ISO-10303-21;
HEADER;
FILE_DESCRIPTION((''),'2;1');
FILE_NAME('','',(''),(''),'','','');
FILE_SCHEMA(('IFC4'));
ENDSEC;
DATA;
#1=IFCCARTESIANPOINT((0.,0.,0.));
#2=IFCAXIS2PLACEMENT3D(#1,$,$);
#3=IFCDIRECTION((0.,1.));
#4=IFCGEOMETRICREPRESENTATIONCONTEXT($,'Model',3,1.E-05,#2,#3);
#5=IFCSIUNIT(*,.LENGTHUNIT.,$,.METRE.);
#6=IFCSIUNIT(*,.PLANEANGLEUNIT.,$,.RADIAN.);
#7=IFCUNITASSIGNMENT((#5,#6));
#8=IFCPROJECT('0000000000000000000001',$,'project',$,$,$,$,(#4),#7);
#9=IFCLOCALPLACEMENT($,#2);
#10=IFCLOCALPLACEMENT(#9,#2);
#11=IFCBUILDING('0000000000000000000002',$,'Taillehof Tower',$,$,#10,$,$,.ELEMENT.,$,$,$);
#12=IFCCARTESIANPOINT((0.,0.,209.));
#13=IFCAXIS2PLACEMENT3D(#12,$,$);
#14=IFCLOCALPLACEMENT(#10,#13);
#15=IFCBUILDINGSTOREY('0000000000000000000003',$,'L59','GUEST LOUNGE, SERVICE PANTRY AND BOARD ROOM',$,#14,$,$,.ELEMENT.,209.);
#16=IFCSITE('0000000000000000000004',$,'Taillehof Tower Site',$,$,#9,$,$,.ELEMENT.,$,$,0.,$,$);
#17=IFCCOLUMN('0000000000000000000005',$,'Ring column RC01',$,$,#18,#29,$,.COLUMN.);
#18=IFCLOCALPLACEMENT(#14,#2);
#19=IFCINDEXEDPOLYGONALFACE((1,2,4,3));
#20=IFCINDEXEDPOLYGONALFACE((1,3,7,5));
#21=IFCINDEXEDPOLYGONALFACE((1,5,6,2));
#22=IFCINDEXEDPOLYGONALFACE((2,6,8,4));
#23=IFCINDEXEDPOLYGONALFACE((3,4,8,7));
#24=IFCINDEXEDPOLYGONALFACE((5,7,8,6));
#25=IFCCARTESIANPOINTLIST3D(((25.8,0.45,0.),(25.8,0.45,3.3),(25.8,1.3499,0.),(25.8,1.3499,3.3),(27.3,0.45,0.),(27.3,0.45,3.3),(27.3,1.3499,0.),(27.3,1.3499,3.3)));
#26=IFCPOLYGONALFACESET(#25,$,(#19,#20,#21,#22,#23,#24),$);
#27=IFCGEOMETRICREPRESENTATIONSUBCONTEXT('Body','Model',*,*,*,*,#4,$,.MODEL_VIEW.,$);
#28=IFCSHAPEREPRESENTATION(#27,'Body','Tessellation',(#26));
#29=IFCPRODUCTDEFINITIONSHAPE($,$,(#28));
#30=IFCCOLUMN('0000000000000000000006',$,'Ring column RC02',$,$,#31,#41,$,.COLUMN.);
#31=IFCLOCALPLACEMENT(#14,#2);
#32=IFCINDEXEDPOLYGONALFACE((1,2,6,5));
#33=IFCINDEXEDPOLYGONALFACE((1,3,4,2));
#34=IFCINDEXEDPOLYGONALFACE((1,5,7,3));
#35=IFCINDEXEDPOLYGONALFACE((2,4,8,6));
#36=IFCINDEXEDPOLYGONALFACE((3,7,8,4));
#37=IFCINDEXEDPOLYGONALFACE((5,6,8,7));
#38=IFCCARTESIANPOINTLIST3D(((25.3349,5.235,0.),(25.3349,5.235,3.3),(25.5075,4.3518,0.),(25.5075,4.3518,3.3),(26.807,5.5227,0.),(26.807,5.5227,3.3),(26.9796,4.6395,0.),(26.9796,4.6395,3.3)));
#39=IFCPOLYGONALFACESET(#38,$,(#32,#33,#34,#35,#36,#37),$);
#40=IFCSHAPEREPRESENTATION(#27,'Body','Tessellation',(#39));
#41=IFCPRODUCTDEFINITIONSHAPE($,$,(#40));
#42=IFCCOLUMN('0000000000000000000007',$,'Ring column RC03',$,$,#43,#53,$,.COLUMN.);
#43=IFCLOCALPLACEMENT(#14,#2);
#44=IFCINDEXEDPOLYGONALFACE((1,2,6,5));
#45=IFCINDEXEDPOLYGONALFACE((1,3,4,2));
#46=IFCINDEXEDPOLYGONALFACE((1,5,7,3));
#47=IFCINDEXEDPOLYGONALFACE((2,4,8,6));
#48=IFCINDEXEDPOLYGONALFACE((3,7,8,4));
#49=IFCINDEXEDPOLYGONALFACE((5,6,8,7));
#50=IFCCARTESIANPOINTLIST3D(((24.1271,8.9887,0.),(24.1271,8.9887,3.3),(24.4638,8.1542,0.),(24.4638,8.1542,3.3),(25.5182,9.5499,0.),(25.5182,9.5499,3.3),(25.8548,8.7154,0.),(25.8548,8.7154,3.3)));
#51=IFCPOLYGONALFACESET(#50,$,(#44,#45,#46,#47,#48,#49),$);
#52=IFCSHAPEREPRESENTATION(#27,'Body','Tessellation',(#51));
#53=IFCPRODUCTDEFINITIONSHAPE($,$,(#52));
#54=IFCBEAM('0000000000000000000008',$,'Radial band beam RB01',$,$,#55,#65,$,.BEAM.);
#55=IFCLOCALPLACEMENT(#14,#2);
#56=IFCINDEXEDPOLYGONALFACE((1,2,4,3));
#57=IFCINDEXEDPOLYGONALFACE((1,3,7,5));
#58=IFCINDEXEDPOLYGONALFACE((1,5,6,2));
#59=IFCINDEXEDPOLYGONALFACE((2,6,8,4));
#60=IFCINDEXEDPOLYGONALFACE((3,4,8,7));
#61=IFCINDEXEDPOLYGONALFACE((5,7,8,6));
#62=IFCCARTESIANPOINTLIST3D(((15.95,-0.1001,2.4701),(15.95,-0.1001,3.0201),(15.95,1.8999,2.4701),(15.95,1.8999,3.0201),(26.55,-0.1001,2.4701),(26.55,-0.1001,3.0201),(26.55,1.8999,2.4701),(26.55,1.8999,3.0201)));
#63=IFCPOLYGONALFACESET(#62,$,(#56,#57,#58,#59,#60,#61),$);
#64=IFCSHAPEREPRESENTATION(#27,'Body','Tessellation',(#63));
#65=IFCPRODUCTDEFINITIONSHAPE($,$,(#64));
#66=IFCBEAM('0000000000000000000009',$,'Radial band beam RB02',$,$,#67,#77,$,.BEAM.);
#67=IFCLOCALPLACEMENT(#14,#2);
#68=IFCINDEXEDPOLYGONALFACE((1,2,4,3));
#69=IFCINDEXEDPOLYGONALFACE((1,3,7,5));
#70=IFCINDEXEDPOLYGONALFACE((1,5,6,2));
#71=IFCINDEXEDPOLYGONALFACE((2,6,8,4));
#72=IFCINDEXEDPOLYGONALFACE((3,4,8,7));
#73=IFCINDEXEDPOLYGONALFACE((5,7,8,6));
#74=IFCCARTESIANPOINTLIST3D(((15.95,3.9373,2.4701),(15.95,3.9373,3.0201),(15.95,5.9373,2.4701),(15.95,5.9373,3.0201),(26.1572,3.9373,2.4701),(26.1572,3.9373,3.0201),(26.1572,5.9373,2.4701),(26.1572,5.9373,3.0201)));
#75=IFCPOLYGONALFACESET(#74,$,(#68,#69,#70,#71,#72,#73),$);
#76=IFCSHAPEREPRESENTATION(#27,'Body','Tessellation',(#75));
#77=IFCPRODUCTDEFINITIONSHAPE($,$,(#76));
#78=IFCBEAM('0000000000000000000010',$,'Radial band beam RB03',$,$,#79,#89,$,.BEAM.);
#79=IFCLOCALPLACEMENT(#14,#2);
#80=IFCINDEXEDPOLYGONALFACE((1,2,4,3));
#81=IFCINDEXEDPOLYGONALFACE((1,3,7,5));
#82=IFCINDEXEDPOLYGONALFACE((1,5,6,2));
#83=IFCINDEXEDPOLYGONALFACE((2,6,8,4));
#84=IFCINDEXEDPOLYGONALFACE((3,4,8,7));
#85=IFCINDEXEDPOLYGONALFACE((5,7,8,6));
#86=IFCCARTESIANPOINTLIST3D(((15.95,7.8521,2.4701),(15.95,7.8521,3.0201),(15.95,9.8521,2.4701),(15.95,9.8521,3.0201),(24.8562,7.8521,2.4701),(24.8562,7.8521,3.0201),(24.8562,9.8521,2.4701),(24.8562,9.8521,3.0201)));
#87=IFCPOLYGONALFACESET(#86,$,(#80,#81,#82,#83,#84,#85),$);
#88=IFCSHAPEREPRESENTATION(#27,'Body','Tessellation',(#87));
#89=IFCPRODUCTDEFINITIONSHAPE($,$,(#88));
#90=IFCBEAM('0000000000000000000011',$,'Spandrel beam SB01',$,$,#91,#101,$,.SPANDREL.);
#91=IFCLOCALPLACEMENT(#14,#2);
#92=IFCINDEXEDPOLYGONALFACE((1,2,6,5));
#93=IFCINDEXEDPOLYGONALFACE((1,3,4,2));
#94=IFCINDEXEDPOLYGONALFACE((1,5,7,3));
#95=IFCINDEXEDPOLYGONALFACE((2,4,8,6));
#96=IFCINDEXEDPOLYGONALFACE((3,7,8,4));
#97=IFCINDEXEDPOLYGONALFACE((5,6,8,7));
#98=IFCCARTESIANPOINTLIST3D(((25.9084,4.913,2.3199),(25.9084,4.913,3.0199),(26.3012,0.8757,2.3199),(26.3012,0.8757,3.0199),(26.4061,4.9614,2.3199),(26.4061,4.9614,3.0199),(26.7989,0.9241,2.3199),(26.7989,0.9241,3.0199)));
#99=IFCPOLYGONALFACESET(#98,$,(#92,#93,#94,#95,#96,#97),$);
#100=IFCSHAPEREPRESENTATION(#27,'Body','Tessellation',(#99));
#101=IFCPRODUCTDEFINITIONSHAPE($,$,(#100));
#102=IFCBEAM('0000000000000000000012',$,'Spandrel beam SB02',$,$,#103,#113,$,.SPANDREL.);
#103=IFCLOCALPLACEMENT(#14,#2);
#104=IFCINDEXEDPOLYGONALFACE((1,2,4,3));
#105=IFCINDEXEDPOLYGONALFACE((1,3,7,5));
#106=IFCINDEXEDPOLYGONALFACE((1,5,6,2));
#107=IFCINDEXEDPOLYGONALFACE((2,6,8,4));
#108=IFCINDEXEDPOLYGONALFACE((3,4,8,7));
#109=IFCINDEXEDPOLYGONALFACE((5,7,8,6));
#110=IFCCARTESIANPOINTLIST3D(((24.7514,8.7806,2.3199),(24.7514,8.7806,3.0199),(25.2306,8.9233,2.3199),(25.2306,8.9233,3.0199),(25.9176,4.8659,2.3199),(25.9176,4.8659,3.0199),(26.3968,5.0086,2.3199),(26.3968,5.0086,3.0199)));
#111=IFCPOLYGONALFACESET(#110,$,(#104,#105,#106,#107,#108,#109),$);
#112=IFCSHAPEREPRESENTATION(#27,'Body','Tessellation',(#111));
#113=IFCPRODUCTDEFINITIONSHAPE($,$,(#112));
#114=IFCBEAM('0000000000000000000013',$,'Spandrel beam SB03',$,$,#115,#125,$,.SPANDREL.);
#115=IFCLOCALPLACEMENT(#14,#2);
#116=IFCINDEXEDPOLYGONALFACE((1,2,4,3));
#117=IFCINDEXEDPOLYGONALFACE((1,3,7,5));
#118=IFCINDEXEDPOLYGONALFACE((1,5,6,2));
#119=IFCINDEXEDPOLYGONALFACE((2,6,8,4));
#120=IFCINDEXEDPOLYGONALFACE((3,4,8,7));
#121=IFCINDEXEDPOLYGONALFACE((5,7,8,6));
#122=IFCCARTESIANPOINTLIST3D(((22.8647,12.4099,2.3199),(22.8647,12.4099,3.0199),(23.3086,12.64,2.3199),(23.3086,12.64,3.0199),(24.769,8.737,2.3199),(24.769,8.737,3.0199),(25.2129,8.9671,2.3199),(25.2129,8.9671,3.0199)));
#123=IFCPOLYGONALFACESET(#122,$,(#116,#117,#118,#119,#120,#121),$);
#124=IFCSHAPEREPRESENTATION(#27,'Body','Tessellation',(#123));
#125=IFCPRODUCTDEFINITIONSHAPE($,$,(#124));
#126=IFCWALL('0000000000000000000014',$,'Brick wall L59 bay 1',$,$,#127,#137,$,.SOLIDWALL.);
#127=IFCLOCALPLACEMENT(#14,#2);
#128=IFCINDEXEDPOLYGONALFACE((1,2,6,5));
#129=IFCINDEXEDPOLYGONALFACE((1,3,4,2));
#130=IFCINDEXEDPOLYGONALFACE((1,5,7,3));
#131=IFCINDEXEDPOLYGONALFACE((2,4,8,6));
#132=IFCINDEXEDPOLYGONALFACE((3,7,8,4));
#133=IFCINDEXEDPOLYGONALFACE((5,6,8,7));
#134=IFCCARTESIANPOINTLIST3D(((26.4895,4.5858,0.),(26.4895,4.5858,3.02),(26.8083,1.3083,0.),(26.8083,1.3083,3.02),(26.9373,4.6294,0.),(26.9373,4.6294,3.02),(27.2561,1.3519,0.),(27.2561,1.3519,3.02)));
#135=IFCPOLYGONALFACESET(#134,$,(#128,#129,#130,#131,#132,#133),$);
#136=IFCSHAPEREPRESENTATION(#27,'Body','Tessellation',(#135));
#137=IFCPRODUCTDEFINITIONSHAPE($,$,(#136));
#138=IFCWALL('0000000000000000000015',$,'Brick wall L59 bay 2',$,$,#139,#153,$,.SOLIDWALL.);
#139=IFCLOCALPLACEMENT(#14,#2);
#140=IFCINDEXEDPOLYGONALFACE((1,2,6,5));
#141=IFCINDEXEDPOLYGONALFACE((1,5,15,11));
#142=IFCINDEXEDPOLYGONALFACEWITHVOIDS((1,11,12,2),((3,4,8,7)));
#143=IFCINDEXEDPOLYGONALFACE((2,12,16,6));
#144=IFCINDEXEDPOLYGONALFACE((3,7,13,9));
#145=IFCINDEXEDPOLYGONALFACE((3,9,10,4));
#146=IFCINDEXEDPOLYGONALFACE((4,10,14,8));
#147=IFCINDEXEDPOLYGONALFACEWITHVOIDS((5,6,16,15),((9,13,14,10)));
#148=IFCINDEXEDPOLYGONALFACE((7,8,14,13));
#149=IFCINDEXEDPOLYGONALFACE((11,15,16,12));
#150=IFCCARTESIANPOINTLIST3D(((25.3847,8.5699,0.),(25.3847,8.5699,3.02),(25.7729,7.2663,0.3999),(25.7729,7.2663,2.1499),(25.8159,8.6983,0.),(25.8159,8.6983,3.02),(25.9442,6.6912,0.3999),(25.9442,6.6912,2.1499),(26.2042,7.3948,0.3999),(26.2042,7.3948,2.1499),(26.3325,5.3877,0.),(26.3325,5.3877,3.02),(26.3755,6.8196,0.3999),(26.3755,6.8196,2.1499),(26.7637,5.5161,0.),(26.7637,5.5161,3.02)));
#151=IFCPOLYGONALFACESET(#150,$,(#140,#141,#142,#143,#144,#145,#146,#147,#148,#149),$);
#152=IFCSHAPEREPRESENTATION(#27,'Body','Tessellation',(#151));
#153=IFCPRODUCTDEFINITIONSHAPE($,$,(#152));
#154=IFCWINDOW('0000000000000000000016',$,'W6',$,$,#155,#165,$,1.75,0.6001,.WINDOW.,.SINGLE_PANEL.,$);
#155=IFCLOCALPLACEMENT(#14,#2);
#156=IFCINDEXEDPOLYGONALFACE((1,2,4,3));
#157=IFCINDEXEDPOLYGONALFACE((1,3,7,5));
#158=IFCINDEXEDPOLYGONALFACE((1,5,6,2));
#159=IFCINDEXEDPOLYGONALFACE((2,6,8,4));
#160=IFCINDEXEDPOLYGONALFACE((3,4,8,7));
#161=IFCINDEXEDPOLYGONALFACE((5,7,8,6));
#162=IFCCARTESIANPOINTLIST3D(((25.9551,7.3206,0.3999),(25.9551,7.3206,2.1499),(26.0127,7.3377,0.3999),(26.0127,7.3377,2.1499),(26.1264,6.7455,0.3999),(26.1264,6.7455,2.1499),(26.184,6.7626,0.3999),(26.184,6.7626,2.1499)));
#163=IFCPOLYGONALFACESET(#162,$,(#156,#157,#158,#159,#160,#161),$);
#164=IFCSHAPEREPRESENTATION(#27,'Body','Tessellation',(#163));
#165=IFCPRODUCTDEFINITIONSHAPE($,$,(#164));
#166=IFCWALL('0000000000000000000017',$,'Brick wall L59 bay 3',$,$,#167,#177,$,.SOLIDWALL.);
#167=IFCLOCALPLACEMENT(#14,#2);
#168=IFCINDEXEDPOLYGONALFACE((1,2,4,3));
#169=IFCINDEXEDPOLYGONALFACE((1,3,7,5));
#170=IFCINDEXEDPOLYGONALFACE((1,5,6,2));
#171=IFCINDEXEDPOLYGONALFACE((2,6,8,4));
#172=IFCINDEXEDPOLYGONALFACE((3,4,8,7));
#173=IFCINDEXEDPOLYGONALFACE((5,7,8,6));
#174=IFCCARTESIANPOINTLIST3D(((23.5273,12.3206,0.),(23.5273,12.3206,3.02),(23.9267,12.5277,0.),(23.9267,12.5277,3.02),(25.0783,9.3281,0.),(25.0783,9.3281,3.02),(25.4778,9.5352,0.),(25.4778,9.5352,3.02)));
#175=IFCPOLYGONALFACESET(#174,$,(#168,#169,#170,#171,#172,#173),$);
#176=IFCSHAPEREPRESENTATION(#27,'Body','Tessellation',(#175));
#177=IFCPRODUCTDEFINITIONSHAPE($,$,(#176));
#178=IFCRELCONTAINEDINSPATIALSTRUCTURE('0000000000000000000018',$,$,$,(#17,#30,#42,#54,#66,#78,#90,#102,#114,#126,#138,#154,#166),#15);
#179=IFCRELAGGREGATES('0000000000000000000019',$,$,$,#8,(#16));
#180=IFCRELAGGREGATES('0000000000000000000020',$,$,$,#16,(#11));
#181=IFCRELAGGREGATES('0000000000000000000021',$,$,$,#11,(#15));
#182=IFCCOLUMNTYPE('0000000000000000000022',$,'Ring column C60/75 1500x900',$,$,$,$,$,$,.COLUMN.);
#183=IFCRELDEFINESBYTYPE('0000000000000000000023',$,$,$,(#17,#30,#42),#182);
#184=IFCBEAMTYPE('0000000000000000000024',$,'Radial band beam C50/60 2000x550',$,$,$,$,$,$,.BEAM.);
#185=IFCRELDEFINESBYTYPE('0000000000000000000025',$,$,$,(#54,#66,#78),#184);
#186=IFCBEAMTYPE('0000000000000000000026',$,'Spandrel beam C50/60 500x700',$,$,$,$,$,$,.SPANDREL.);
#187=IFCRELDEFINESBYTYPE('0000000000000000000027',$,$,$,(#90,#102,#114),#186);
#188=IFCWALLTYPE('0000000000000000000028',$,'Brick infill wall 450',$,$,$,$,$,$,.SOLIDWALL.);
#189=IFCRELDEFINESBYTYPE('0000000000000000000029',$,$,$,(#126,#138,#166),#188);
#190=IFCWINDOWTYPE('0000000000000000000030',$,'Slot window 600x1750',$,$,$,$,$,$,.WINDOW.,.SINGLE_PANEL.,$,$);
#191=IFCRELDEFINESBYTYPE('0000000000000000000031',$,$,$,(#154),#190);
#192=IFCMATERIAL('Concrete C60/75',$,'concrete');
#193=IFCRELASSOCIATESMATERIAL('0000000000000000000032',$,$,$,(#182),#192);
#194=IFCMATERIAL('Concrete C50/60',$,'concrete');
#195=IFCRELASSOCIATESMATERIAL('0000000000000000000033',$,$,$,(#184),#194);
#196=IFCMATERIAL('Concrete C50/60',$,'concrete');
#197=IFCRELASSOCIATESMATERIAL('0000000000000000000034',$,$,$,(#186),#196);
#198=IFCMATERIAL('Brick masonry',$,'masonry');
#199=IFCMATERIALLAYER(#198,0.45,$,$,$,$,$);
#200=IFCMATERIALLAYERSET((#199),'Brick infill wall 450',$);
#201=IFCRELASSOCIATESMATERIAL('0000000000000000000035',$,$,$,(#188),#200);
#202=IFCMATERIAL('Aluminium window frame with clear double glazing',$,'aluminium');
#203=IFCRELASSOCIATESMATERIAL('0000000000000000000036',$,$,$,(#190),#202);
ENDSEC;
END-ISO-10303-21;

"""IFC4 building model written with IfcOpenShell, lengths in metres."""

from ifc_helpers import new_model, si_unit, direction, frame, frame_2d, origin, origin_2d, place, context, subcontext, project, spatial, rectangle, extrude, material, layer, layer_set, material_profile, profile_set, type_object, element, fill, save


model = new_model("IFC4")

# Units and contexts
model_context = context("Model", 3, precision=1e-05, world=origin(), true_north=direction((0.0, 1.0)))
body_context = subcontext(model_context, "Body", "Model", "MODEL_VIEW")
ifc_project = project(units=[si_unit("LENGTHUNIT", "METRE"), si_unit("PLANEANGLEUNIT", "RADIAN")], contexts=[model_context])

# Site, building, storey
site_placement = place(None, origin())
site = spatial("IfcSite", under=ifc_project, at=site_placement, Name="Taillehof Tower Site", CompositionType="ELEMENT", RefElevation=0.0)
building_placement = place(site_placement, origin())
building = spatial("IfcBuilding", under=site, at=building_placement, Name="Taillehof Tower", CompositionType="ELEMENT")
storey_placement = place(building_placement, frame((0.0, 0.0, 209.0)))
storey = spatial("IfcBuildingStorey", under=building, at=storey_placement, Name="L59", Description="GUEST LOUNGE, SERVICE PANTRY AND BOARD ROOM", CompositionType="ELEMENT", Elevation=209.0)

# Columns
ifc_material_1 = material(Name="Concrete C60/75", Category="concrete")
ifc_material_profile_1 = material_profile(ifc_material_1, rectangle(XDim=1.5, YDim=0.8999, at=origin_2d()), Name="RC 1500x900")
ifc_profile_set_1 = profile_set([ifc_material_profile_1], Name="Concrete C60/75")
column_type = type_object("IfcColumnType", Name="Ring column C60/75 1500x900", PredefinedType="COLUMN", material=ifc_profile_set_1)
for number, where, z_axis, x_axis, name in (
    (1, (26.55, 0.8999, 0.0), (0.0, 0.0, 1.0), (1.0, 0.0, 0.0), "Ring column RC01"),
    (2, (26.1572, 4.9373, 0.0), (0.0, 0.0, 1.0), (0.981434, 0.191801, 0.0), "Ring column RC02"),
    (3, (24.991, 8.8521, 0.0), (0.0, 0.0, 1.0), (0.927385, 0.374108, 0.0), "Ring column RC03"),
):
    element("IfcColumn", number, at=place(storey_placement, frame(where, z_axis=z_axis, x_axis=x_axis)), inside=storey, type_object=column_type, Name=name, PredefinedType="COLUMN", context=body_context, shape_type="SweptSolid", body=[
        extrude(rectangle(XDim=1.5, YDim=0.8999, at=origin_2d()), origin(), (0.0, 0.0, 1.0), 3.3),
    ])

# Beams
ifc_material_2 = material(Name="Concrete C50/60", Category="concrete")
ifc_material_profile_2 = material_profile(ifc_material_2, rectangle(XDim=2.0, YDim=0.55, at=origin_2d()), Name="RC 2000x550")
ifc_profile_set_2 = profile_set([ifc_material_profile_2], Name="Concrete C50/60")
beam_type_1 = type_object("IfcBeamType", Name="Radial band beam C50/60 2000x550", PredefinedType="BEAM", material=ifc_profile_set_2)
beam_1_placement = place(storey_placement, frame((26.55, 0.8999, 2.7451), z_axis=(-1.0, 0.0, 0.0), x_axis=(0.0, -1.0, 0.0)))
element("IfcBeam", 4, at=beam_1_placement, inside=storey, type_object=beam_type_1, Name="Radial band beam RB01", PredefinedType="BEAM", context=body_context, shape_type="SweptSolid", body=[
    extrude(rectangle(XDim=2.0, YDim=0.55, at=origin_2d()), origin(), (0.0, 0.0, 1.0), 10.6001),
])
beam_2_placement = place(storey_placement, frame((26.1572, 4.9373, 2.7451), z_axis=(-1.0, 0.0, 0.0), x_axis=(0.0, -1.0, 0.0)))
element("IfcBeam", 5, at=beam_2_placement, inside=storey, type_object=beam_type_1, Name="Radial band beam RB02", PredefinedType="BEAM", context=body_context, shape_type="SweptSolid", body=[
    extrude(rectangle(XDim=2.0, YDim=0.55, at=origin_2d()), origin(), (0.0, 0.0, 1.0), 10.2073),
])
beam_3_placement = place(storey_placement, frame((24.8562, 8.8521, 2.7451), z_axis=(-1.0, 0.0, 0.0), x_axis=(0.0, -1.0, 0.0)))
element("IfcBeam", 6, at=beam_3_placement, inside=storey, type_object=beam_type_1, Name="Radial band beam RB03", PredefinedType="BEAM", context=body_context, shape_type="SweptSolid", body=[
    extrude(rectangle(XDim=2.0, YDim=0.55, at=origin_2d()), origin(), (0.0, 0.0, 1.0), 8.9062),
])
ifc_material_3 = material(Name="Concrete C50/60", Category="concrete")
ifc_material_profile_3 = material_profile(ifc_material_3, rectangle(XDim=0.5, YDim=0.7, at=origin_2d()), Name="RC 500x700")
ifc_profile_set_3 = profile_set([ifc_material_profile_3], Name="Concrete C50/60")
beam_type_2 = type_object("IfcBeamType", Name="Spandrel beam C50/60 500x700", PredefinedType="SPANDREL", material=ifc_profile_set_3)
beam_4_placement = place(storey_placement, frame((26.55, 0.8999, 2.6699), z_axis=(-0.09684, 0.9953, 0.0), x_axis=(-0.9953, -0.09684, 0.0)))
element("IfcBeam", 7, at=beam_4_placement, inside=storey, type_object=beam_type_2, Name="Spandrel beam SB01", PredefinedType="SPANDREL", context=body_context, shape_type="SweptSolid", body=[
    extrude(rectangle(XDim=0.5, YDim=0.7, at=origin_2d()), origin(), (0.0, 0.0, 1.0), 4.0564),
])
beam_5_placement = place(storey_placement, frame((26.1572, 4.9373, 2.6699), z_axis=(-0.28551, 0.958376, 0.0), x_axis=(-0.958376, -0.28551, 0.0)))
element("IfcBeam", 8, at=beam_5_placement, inside=storey, type_object=beam_type_2, Name="Spandrel beam SB02", PredefinedType="SPANDREL", context=body_context, shape_type="SweptSolid", body=[
    extrude(rectangle(XDim=0.5, YDim=0.7, at=origin_2d()), origin(), (0.0, 0.0, 1.0), 4.0847),
])
beam_6_placement = place(storey_placement, frame((24.991, 8.8521, 2.6699), z_axis=(-0.46029, 0.887769, 0.0), x_axis=(-0.887769, -0.46029, 0.0)))
element("IfcBeam", 9, at=beam_6_placement, inside=storey, type_object=beam_type_2, Name="Spandrel beam SB03", PredefinedType="SPANDREL", context=body_context, shape_type="SweptSolid", body=[
    extrude(rectangle(XDim=0.5, YDim=0.7, at=origin_2d()), origin(), (0.0, 0.0, 1.0), 4.1372),
])

# Wall
ifc_material_4 = material(Name="Brick masonry", Category="masonry")
ifc_layer_1 = layer(ifc_material_4, 0.45)
ifc_layer_set_1 = layer_set([ifc_layer_1], Name="Brick infill wall 450")
wall_type_1 = type_object("IfcWallType", Name="Brick infill wall 450", PredefinedType="SOLIDWALL", material=ifc_layer_set_1)
wall_1_placement = place(storey_placement, frame((27.0322, 1.3301, 0.0), z_axis=(0.0, 0.0, 1.0), x_axis=(-0.096824, 0.995302, 0.0)))
element("IfcWall", 10, at=wall_1_placement, inside=storey, type_object=wall_type_1, Name="Brick wall L59 bay 1", PredefinedType="SOLIDWALL", context=body_context, shape_type="SweptSolid", body=[
    extrude(rectangle(XDim=3.293, YDim=0.45, at=frame_2d((1.6465, 0.0))), origin(), (0.0, 0.0, 1.0), 3.02),
])

# Wall, opening, window
wall_2_placement = place(storey_placement, frame((26.5481, 5.4519, 0.0), z_axis=(0.0, 0.0, 1.0), x_axis=(-0.285445, 0.958395, 0.0)))
wall_2 = element("IfcWall", 11, at=wall_2_placement, inside=storey, type_object=wall_type_1, Name="Brick wall L59 bay 2", PredefinedType="SOLIDWALL", context=body_context, shape_type="SweptSolid", body=[
    extrude(rectangle(XDim=3.3203, YDim=0.45, at=frame_2d((1.6602, 0.0))), origin(), (0.0, 0.0, 1.0), 3.02),
])
opening_1_placement = place(wall_2_placement, frame((1.3601, 0.0, 0.3999)))
opening_1 = element("IfcOpeningElement", 12, at=opening_1_placement, cuts=wall_2, PredefinedType="OPENING", context=body_context, shape_type="SweptSolid", body=[
    extrude(rectangle(XDim=0.6001, YDim=1.75, at=frame_2d((0.3, 0.875))), frame((0.0, 0.2349, 0.0), z_axis=(0.0, -1.0, 0.0), x_axis=(1.0, 0.0, 0.0)), (0.0, 0.0, 1.0), 0.47),
])
ifc_material_5 = material(Name="Aluminium window frame with clear double glazing", Category="aluminium")
window_type = type_object("IfcWindowType", Name="Slot window 600x1750", PartitioningType="SINGLE_PANEL", PredefinedType="WINDOW", material=ifc_material_5)
window_placement = place(opening_1_placement, origin())
window = element("IfcWindow", 13, at=window_placement, inside=storey, type_object=window_type, Name="W6", OverallHeight=1.75, OverallWidth=0.6001, PartitioningType="SINGLE_PANEL", PredefinedType="WINDOW", context=body_context, shape_type="SweptSolid", body=[
    extrude(rectangle(XDim=0.6001, YDim=1.75, at=frame_2d((0.3, 0.875))), frame((0.0, 0.0349, 0.0), z_axis=(0.0, -1.0, 0.0), x_axis=(1.0, 0.0, 0.0)), (0.0, 0.0, 1.0), 0.0601),
])
fill(opening_1, window)

# Wall
wall_3_placement = place(storey_placement, frame((25.2781, 9.4316, 0.0), z_axis=(0.0, 0.0, 1.0), x_axis=(-0.460176, 0.887828, 0.0)))
element("IfcWall", 14, at=wall_3_placement, inside=storey, type_object=wall_type_1, Name="Brick wall L59 bay 3", PredefinedType="SOLIDWALL", context=body_context, shape_type="SweptSolid", body=[
    extrude(rectangle(XDim=3.3706, YDim=0.45, at=frame_2d((1.6853, 0.0))), origin(), (0.0, 0.0, 1.0), 3.02),
])

save(model, "model.ifc")
